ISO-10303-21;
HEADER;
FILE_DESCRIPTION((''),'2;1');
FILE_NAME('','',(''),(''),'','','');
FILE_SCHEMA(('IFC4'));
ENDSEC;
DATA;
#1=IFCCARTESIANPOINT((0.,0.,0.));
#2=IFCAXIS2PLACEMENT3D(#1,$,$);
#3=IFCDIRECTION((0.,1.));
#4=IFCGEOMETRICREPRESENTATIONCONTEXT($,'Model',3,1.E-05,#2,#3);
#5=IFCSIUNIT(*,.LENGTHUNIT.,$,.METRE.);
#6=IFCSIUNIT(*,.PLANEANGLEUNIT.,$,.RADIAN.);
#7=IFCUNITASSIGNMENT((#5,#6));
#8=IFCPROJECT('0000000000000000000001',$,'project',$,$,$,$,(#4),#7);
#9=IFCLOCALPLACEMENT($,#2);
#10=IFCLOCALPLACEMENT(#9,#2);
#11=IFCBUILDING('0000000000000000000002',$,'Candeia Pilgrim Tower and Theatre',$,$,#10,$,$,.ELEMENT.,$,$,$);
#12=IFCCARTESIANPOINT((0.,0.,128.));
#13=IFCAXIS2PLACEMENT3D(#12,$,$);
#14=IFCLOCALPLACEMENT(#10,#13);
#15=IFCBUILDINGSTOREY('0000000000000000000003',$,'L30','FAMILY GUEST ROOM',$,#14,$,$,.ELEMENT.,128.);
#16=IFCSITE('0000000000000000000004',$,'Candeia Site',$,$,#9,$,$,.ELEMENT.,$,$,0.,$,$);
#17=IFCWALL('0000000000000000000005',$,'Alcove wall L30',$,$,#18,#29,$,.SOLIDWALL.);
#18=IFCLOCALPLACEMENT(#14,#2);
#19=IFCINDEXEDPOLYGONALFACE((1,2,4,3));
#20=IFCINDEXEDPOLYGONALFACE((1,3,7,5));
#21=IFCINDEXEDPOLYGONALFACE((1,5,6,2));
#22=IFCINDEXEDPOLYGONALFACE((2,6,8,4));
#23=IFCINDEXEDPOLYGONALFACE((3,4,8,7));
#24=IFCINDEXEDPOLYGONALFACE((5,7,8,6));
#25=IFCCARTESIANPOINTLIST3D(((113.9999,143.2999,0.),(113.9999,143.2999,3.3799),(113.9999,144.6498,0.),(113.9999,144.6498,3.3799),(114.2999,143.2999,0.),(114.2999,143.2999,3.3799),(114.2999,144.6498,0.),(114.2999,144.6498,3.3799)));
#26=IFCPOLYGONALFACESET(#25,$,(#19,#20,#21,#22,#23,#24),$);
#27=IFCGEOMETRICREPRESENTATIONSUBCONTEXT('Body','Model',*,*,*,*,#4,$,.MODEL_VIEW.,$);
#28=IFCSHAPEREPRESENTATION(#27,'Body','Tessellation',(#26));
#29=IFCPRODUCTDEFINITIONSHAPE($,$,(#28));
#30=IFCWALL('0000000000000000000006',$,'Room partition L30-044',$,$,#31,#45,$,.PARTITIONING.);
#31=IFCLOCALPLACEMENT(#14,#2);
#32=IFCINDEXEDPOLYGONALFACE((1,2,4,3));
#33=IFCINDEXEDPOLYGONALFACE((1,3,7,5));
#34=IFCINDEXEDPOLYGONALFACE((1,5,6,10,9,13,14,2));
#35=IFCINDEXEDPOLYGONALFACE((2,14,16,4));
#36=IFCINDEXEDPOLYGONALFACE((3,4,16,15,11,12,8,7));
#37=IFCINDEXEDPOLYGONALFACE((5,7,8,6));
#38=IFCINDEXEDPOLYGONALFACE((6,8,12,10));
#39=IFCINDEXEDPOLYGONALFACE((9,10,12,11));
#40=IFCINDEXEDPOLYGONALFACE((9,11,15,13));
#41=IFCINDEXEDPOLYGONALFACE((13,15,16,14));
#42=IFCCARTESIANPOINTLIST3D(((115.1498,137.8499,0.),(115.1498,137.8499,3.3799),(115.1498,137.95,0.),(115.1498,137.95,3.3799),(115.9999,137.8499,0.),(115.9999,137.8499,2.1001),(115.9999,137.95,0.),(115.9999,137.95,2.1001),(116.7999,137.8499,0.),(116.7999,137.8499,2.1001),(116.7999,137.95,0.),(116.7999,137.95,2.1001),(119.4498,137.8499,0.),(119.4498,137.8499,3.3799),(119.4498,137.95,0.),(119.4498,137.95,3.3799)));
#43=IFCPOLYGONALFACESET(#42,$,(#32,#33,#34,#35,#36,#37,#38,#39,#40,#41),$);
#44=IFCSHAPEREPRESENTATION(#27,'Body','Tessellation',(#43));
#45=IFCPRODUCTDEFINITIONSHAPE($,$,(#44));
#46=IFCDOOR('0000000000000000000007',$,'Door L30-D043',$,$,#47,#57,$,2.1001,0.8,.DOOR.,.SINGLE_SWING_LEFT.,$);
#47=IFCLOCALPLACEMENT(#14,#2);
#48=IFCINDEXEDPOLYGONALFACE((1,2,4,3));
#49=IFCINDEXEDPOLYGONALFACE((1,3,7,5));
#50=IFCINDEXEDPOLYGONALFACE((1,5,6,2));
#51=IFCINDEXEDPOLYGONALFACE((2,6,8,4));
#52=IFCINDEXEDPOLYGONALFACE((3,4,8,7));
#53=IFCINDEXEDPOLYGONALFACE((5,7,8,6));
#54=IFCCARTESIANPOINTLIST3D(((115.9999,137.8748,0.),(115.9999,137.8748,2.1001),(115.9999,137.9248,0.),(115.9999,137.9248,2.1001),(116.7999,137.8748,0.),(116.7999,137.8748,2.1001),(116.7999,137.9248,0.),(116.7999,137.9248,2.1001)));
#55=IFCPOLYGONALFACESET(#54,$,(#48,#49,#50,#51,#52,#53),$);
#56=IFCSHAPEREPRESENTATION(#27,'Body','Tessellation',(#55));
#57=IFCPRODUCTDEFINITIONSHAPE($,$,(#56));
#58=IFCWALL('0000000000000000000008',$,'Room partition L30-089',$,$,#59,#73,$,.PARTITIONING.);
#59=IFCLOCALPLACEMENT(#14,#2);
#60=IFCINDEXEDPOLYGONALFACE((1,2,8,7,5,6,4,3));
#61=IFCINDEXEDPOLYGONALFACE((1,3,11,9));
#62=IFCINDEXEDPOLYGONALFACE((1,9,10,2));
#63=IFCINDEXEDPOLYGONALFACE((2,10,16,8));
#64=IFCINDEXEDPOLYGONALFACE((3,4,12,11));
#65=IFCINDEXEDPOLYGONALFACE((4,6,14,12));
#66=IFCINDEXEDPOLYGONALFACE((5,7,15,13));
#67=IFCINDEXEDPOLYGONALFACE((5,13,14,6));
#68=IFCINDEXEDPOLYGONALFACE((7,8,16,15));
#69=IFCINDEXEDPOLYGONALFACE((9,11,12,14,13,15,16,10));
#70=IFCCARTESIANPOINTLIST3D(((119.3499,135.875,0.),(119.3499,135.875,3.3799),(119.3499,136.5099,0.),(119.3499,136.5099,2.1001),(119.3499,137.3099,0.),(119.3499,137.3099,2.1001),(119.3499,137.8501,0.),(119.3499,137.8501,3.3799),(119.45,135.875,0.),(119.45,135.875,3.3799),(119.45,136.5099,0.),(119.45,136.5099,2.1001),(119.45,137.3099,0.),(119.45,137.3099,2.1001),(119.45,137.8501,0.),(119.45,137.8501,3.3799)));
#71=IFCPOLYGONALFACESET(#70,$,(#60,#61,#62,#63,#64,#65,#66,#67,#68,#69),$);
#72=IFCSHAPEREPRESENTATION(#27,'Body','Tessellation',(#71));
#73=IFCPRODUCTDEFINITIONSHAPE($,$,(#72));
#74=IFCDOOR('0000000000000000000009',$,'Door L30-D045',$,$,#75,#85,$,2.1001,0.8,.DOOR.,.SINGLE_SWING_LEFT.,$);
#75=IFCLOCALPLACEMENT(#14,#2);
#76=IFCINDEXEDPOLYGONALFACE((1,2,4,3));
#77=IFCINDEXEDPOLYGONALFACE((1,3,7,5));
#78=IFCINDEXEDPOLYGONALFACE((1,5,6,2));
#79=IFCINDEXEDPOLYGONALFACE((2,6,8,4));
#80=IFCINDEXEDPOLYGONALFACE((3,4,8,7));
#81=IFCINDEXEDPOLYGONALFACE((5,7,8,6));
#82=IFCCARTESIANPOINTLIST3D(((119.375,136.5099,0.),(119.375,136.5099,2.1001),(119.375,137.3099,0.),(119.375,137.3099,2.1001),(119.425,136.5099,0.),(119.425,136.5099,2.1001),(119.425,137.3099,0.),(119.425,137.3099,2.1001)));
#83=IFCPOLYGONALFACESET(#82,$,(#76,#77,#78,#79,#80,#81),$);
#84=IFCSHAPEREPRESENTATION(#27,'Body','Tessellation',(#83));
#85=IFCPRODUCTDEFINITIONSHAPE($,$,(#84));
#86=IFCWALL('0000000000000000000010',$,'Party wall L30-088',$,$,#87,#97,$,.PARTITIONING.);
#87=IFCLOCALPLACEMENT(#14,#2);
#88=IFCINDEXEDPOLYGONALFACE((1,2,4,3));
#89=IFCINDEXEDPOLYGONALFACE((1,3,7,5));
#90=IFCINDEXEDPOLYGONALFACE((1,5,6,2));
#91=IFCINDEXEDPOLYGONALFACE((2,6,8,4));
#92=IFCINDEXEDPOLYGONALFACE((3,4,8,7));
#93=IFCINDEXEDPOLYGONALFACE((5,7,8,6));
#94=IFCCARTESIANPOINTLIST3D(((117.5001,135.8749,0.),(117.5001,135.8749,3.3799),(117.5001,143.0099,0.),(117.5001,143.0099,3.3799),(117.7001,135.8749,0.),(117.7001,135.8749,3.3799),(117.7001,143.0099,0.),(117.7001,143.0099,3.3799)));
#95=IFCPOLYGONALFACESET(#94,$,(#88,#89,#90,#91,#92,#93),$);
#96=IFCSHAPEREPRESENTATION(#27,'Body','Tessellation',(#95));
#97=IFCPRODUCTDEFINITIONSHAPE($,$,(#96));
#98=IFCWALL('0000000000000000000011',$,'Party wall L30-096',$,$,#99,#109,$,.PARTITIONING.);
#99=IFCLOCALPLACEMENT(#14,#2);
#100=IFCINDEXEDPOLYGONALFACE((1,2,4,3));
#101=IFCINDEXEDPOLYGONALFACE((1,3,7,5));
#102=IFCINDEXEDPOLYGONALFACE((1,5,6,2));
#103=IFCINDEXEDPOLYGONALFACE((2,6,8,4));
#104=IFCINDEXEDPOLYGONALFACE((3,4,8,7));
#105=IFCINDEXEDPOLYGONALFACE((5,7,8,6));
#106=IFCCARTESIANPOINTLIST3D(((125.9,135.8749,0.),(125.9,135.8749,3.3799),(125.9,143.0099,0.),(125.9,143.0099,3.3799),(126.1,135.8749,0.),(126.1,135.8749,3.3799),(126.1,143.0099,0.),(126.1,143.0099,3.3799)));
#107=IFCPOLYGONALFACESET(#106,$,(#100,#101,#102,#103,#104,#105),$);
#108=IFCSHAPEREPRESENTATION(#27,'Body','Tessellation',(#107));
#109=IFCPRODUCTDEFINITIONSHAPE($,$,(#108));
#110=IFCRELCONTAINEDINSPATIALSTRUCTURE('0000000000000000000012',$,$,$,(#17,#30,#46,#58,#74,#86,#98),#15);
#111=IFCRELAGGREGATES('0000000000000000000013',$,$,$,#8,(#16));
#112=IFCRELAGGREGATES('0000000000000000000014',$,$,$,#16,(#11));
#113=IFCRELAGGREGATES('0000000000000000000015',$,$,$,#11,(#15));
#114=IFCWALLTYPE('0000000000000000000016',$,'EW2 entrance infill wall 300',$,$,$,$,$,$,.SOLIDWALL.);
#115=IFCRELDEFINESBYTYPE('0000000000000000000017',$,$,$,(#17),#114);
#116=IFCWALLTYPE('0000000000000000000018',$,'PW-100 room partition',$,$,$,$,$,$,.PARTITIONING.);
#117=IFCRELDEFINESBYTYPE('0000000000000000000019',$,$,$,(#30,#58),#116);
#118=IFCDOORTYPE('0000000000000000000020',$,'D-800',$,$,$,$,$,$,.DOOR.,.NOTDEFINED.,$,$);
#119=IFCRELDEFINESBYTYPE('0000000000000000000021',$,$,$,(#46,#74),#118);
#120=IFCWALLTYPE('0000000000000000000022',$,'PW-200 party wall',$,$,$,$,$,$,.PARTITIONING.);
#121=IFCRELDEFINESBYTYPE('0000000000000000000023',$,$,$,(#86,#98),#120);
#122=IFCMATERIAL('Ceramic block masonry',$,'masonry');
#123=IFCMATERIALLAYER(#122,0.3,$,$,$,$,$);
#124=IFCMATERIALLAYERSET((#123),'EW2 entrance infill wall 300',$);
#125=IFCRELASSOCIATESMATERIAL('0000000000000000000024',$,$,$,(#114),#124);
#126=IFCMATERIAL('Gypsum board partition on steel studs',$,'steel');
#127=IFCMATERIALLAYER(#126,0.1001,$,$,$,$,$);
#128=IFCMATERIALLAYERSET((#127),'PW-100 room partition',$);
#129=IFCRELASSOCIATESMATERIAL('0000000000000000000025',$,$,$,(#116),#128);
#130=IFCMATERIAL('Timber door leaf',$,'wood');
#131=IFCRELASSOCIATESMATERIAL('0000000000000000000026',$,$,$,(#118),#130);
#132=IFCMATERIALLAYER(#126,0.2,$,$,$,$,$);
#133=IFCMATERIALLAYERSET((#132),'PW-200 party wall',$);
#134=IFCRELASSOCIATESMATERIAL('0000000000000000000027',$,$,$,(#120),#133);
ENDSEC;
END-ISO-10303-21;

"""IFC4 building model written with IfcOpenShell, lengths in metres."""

from ifc_helpers import new_model, si_unit, direction, frame, frame_2d, origin, place, context, subcontext, project, spatial, rectangle, extrude, material, layer, layer_set, type_object, element, fill, save


model = new_model("IFC4")

# Units and contexts
model_context = context("Model", 3, precision=1e-05, world=origin(), true_north=direction((0.0, 1.0)))
body_context = subcontext(model_context, "Body", "Model", "MODEL_VIEW")
ifc_project = project(units=[si_unit("LENGTHUNIT", "METRE"), si_unit("PLANEANGLEUNIT", "RADIAN")], contexts=[model_context])

# Site, building, storey
site_placement = place(None, origin())
site = spatial("IfcSite", under=ifc_project, at=site_placement, Name="Candeia Site", CompositionType="ELEMENT", RefElevation=0.0)
building_placement = place(site_placement, origin())
building = spatial("IfcBuilding", under=site, at=building_placement, Name="Candeia Pilgrim Tower and Theatre", CompositionType="ELEMENT")
storey_placement = place(building_placement, frame((0.0, 0.0, 128.0)))
storey = spatial("IfcBuildingStorey", under=building, at=storey_placement, Name="L30", Description="FAMILY GUEST ROOM", CompositionType="ELEMENT", Elevation=128.0)

# Shared definitions
ifc_material_1 = material(Name="Ceramic block masonry", Category="masonry")

# Wall
ifc_layer_1 = layer(ifc_material_1, 0.3)
ifc_layer_set_1 = layer_set([ifc_layer_1], Name="EW2 entrance infill wall 300")
wall_type_1 = type_object("IfcWallType", Name="EW2 entrance infill wall 300", PredefinedType="SOLIDWALL", material=ifc_layer_set_1)
wall_1_placement = place(storey_placement, frame((114.1499, 143.3, 0.0), z_axis=(0.0, 0.0, 1.0), x_axis=(0.0, 1.0, 0.0)))
element("IfcWall", 1, at=wall_1_placement, inside=storey, type_object=wall_type_1, Name="Alcove wall L30", PredefinedType="SOLIDWALL", context=body_context, shape_type="SweptSolid", body=[
    extrude(rectangle(XDim=1.3499, YDim=0.3, at=frame_2d((0.6748, 0.0))), origin(), (0.0, 0.0, 1.0), 3.3799),
])

# Walls, openings, doors
ifc_material_2 = material(Name="Gypsum board partition on steel studs", Category="steel")
ifc_layer_2 = layer(ifc_material_2, 0.1001)
ifc_layer_set_2 = layer_set([ifc_layer_2], Name="PW-100 room partition")
wall_type_2 = type_object("IfcWallType", Name="PW-100 room partition", PredefinedType="PARTITIONING", material=ifc_layer_set_2)
wall_2_placement = place(storey_placement, frame((115.1499, 137.8999, 0.0), z_axis=(0.0, 0.0, 1.0), x_axis=(1.0, 0.0, 0.0)))
wall_2 = element("IfcWall", 2, at=wall_2_placement, inside=storey, type_object=wall_type_2, Name="Room partition L30-044", PredefinedType="PARTITIONING", context=body_context, shape_type="SweptSolid", body=[
    extrude(rectangle(XDim=4.3, YDim=0.1001, at=frame_2d((2.1499, 0.0))), origin(), (0.0, 0.0, 1.0), 3.3799),
])
opening_1_placement = place(wall_2_placement, frame((0.8501, 0.0, 0.0)))
opening_1 = element("IfcOpeningElement", 3, at=opening_1_placement, cuts=wall_2, PredefinedType="OPENING", context=body_context, shape_type="SweptSolid", body=[
    extrude(rectangle(XDim=0.8, YDim=2.1001, at=frame_2d((0.3999, 1.05))), frame((0.0, 0.0601, 0.0), z_axis=(0.0, -1.0, 0.0), x_axis=(1.0, 0.0, 0.0)), (0.0, 0.0, 1.0), 0.1201),
])
ifc_material_3 = material(Name="Timber door leaf", Category="wood")
door_type_1 = type_object("IfcDoorType", Name="D-800", OperationType="NOTDEFINED", PredefinedType="DOOR", material=ifc_material_3)
door_1_placement = place(opening_1_placement, origin())
door_1 = element("IfcDoor", 4, at=door_1_placement, inside=storey, type_object=door_type_1, Name="Door L30-D043", OperationType="SINGLE_SWING_LEFT", OverallHeight=2.1001, OverallWidth=0.8, PredefinedType="DOOR", context=body_context, shape_type="SweptSolid", body=[
    extrude(rectangle(XDim=0.8, YDim=2.1001, at=frame_2d((0.3999, 1.05))), frame((0.0, 0.0249, 0.0), z_axis=(0.0, -1.0, 0.0), x_axis=(1.0, 0.0, 0.0)), (0.0, 0.0, 1.0), 0.05),
])
fill(opening_1, door_1)
wall_3_placement = place(storey_placement, frame((119.3999, 135.875, 0.0), z_axis=(0.0, 0.0, 1.0), x_axis=(0.0, 1.0, 0.0)))
wall_3 = element("IfcWall", 5, at=wall_3_placement, inside=storey, type_object=wall_type_2, Name="Room partition L30-089", PredefinedType="PARTITIONING", context=body_context, shape_type="SweptSolid", body=[
    extrude(rectangle(XDim=1.9751, YDim=0.1001, at=frame_2d((0.9875, 0.0))), origin(), (0.0, 0.0, 1.0), 3.3799),
])
opening_2_placement = place(wall_3_placement, frame((0.635, 0.0, 0.0)))
opening_2 = element("IfcOpeningElement", 6, at=opening_2_placement, cuts=wall_3, PredefinedType="OPENING", context=body_context, shape_type="SweptSolid", body=[
    extrude(rectangle(XDim=0.8, YDim=2.1001, at=frame_2d((0.3999, 1.05))), frame((0.0, 0.0601, 0.0), z_axis=(0.0, -1.0, 0.0), x_axis=(1.0, 0.0, 0.0)), (0.0, 0.0, 1.0), 0.1201),
])
door_2_placement = place(opening_2_placement, origin())
door_2 = element("IfcDoor", 7, at=door_2_placement, inside=storey, type_object=door_type_1, Name="Door L30-D045", OperationType="SINGLE_SWING_LEFT", OverallHeight=2.1001, OverallWidth=0.8, PredefinedType="DOOR", context=body_context, shape_type="SweptSolid", body=[
    extrude(rectangle(XDim=0.8, YDim=2.1001, at=frame_2d((0.3999, 1.05))), frame((0.0, 0.0249, 0.0), z_axis=(0.0, -1.0, 0.0), x_axis=(1.0, 0.0, 0.0)), (0.0, 0.0, 1.0), 0.05),
])
fill(opening_2, door_2)

# Walls
ifc_layer_3 = layer(ifc_material_2, 0.2)
ifc_layer_set_3 = layer_set([ifc_layer_3], Name="PW-200 party wall")
wall_type_3 = type_object("IfcWallType", Name="PW-200 party wall", PredefinedType="PARTITIONING", material=ifc_layer_set_3)
for number, where, z_axis, x_axis, name in (
    (8, (117.6001, 135.875, 0.0), (0.0, 0.0, 1.0), (0.0, 1.0, 0.0), "Party wall L30-088"),
    (9, (126.0, 135.875, 0.0), (0.0, 0.0, 1.0), (0.0, 1.0, 0.0), "Party wall L30-096"),
):
    element("IfcWall", number, at=place(storey_placement, frame(where, z_axis=z_axis, x_axis=x_axis)), inside=storey, type_object=wall_type_3, Name=name, PredefinedType="PARTITIONING", context=body_context, shape_type="SweptSolid", body=[
        extrude(rectangle(XDim=7.135, YDim=0.2, at=frame_2d((3.5674, 0.0))), origin(), (0.0, 0.0, 1.0), 3.3799),
    ])

save(model, "model.ifc")
